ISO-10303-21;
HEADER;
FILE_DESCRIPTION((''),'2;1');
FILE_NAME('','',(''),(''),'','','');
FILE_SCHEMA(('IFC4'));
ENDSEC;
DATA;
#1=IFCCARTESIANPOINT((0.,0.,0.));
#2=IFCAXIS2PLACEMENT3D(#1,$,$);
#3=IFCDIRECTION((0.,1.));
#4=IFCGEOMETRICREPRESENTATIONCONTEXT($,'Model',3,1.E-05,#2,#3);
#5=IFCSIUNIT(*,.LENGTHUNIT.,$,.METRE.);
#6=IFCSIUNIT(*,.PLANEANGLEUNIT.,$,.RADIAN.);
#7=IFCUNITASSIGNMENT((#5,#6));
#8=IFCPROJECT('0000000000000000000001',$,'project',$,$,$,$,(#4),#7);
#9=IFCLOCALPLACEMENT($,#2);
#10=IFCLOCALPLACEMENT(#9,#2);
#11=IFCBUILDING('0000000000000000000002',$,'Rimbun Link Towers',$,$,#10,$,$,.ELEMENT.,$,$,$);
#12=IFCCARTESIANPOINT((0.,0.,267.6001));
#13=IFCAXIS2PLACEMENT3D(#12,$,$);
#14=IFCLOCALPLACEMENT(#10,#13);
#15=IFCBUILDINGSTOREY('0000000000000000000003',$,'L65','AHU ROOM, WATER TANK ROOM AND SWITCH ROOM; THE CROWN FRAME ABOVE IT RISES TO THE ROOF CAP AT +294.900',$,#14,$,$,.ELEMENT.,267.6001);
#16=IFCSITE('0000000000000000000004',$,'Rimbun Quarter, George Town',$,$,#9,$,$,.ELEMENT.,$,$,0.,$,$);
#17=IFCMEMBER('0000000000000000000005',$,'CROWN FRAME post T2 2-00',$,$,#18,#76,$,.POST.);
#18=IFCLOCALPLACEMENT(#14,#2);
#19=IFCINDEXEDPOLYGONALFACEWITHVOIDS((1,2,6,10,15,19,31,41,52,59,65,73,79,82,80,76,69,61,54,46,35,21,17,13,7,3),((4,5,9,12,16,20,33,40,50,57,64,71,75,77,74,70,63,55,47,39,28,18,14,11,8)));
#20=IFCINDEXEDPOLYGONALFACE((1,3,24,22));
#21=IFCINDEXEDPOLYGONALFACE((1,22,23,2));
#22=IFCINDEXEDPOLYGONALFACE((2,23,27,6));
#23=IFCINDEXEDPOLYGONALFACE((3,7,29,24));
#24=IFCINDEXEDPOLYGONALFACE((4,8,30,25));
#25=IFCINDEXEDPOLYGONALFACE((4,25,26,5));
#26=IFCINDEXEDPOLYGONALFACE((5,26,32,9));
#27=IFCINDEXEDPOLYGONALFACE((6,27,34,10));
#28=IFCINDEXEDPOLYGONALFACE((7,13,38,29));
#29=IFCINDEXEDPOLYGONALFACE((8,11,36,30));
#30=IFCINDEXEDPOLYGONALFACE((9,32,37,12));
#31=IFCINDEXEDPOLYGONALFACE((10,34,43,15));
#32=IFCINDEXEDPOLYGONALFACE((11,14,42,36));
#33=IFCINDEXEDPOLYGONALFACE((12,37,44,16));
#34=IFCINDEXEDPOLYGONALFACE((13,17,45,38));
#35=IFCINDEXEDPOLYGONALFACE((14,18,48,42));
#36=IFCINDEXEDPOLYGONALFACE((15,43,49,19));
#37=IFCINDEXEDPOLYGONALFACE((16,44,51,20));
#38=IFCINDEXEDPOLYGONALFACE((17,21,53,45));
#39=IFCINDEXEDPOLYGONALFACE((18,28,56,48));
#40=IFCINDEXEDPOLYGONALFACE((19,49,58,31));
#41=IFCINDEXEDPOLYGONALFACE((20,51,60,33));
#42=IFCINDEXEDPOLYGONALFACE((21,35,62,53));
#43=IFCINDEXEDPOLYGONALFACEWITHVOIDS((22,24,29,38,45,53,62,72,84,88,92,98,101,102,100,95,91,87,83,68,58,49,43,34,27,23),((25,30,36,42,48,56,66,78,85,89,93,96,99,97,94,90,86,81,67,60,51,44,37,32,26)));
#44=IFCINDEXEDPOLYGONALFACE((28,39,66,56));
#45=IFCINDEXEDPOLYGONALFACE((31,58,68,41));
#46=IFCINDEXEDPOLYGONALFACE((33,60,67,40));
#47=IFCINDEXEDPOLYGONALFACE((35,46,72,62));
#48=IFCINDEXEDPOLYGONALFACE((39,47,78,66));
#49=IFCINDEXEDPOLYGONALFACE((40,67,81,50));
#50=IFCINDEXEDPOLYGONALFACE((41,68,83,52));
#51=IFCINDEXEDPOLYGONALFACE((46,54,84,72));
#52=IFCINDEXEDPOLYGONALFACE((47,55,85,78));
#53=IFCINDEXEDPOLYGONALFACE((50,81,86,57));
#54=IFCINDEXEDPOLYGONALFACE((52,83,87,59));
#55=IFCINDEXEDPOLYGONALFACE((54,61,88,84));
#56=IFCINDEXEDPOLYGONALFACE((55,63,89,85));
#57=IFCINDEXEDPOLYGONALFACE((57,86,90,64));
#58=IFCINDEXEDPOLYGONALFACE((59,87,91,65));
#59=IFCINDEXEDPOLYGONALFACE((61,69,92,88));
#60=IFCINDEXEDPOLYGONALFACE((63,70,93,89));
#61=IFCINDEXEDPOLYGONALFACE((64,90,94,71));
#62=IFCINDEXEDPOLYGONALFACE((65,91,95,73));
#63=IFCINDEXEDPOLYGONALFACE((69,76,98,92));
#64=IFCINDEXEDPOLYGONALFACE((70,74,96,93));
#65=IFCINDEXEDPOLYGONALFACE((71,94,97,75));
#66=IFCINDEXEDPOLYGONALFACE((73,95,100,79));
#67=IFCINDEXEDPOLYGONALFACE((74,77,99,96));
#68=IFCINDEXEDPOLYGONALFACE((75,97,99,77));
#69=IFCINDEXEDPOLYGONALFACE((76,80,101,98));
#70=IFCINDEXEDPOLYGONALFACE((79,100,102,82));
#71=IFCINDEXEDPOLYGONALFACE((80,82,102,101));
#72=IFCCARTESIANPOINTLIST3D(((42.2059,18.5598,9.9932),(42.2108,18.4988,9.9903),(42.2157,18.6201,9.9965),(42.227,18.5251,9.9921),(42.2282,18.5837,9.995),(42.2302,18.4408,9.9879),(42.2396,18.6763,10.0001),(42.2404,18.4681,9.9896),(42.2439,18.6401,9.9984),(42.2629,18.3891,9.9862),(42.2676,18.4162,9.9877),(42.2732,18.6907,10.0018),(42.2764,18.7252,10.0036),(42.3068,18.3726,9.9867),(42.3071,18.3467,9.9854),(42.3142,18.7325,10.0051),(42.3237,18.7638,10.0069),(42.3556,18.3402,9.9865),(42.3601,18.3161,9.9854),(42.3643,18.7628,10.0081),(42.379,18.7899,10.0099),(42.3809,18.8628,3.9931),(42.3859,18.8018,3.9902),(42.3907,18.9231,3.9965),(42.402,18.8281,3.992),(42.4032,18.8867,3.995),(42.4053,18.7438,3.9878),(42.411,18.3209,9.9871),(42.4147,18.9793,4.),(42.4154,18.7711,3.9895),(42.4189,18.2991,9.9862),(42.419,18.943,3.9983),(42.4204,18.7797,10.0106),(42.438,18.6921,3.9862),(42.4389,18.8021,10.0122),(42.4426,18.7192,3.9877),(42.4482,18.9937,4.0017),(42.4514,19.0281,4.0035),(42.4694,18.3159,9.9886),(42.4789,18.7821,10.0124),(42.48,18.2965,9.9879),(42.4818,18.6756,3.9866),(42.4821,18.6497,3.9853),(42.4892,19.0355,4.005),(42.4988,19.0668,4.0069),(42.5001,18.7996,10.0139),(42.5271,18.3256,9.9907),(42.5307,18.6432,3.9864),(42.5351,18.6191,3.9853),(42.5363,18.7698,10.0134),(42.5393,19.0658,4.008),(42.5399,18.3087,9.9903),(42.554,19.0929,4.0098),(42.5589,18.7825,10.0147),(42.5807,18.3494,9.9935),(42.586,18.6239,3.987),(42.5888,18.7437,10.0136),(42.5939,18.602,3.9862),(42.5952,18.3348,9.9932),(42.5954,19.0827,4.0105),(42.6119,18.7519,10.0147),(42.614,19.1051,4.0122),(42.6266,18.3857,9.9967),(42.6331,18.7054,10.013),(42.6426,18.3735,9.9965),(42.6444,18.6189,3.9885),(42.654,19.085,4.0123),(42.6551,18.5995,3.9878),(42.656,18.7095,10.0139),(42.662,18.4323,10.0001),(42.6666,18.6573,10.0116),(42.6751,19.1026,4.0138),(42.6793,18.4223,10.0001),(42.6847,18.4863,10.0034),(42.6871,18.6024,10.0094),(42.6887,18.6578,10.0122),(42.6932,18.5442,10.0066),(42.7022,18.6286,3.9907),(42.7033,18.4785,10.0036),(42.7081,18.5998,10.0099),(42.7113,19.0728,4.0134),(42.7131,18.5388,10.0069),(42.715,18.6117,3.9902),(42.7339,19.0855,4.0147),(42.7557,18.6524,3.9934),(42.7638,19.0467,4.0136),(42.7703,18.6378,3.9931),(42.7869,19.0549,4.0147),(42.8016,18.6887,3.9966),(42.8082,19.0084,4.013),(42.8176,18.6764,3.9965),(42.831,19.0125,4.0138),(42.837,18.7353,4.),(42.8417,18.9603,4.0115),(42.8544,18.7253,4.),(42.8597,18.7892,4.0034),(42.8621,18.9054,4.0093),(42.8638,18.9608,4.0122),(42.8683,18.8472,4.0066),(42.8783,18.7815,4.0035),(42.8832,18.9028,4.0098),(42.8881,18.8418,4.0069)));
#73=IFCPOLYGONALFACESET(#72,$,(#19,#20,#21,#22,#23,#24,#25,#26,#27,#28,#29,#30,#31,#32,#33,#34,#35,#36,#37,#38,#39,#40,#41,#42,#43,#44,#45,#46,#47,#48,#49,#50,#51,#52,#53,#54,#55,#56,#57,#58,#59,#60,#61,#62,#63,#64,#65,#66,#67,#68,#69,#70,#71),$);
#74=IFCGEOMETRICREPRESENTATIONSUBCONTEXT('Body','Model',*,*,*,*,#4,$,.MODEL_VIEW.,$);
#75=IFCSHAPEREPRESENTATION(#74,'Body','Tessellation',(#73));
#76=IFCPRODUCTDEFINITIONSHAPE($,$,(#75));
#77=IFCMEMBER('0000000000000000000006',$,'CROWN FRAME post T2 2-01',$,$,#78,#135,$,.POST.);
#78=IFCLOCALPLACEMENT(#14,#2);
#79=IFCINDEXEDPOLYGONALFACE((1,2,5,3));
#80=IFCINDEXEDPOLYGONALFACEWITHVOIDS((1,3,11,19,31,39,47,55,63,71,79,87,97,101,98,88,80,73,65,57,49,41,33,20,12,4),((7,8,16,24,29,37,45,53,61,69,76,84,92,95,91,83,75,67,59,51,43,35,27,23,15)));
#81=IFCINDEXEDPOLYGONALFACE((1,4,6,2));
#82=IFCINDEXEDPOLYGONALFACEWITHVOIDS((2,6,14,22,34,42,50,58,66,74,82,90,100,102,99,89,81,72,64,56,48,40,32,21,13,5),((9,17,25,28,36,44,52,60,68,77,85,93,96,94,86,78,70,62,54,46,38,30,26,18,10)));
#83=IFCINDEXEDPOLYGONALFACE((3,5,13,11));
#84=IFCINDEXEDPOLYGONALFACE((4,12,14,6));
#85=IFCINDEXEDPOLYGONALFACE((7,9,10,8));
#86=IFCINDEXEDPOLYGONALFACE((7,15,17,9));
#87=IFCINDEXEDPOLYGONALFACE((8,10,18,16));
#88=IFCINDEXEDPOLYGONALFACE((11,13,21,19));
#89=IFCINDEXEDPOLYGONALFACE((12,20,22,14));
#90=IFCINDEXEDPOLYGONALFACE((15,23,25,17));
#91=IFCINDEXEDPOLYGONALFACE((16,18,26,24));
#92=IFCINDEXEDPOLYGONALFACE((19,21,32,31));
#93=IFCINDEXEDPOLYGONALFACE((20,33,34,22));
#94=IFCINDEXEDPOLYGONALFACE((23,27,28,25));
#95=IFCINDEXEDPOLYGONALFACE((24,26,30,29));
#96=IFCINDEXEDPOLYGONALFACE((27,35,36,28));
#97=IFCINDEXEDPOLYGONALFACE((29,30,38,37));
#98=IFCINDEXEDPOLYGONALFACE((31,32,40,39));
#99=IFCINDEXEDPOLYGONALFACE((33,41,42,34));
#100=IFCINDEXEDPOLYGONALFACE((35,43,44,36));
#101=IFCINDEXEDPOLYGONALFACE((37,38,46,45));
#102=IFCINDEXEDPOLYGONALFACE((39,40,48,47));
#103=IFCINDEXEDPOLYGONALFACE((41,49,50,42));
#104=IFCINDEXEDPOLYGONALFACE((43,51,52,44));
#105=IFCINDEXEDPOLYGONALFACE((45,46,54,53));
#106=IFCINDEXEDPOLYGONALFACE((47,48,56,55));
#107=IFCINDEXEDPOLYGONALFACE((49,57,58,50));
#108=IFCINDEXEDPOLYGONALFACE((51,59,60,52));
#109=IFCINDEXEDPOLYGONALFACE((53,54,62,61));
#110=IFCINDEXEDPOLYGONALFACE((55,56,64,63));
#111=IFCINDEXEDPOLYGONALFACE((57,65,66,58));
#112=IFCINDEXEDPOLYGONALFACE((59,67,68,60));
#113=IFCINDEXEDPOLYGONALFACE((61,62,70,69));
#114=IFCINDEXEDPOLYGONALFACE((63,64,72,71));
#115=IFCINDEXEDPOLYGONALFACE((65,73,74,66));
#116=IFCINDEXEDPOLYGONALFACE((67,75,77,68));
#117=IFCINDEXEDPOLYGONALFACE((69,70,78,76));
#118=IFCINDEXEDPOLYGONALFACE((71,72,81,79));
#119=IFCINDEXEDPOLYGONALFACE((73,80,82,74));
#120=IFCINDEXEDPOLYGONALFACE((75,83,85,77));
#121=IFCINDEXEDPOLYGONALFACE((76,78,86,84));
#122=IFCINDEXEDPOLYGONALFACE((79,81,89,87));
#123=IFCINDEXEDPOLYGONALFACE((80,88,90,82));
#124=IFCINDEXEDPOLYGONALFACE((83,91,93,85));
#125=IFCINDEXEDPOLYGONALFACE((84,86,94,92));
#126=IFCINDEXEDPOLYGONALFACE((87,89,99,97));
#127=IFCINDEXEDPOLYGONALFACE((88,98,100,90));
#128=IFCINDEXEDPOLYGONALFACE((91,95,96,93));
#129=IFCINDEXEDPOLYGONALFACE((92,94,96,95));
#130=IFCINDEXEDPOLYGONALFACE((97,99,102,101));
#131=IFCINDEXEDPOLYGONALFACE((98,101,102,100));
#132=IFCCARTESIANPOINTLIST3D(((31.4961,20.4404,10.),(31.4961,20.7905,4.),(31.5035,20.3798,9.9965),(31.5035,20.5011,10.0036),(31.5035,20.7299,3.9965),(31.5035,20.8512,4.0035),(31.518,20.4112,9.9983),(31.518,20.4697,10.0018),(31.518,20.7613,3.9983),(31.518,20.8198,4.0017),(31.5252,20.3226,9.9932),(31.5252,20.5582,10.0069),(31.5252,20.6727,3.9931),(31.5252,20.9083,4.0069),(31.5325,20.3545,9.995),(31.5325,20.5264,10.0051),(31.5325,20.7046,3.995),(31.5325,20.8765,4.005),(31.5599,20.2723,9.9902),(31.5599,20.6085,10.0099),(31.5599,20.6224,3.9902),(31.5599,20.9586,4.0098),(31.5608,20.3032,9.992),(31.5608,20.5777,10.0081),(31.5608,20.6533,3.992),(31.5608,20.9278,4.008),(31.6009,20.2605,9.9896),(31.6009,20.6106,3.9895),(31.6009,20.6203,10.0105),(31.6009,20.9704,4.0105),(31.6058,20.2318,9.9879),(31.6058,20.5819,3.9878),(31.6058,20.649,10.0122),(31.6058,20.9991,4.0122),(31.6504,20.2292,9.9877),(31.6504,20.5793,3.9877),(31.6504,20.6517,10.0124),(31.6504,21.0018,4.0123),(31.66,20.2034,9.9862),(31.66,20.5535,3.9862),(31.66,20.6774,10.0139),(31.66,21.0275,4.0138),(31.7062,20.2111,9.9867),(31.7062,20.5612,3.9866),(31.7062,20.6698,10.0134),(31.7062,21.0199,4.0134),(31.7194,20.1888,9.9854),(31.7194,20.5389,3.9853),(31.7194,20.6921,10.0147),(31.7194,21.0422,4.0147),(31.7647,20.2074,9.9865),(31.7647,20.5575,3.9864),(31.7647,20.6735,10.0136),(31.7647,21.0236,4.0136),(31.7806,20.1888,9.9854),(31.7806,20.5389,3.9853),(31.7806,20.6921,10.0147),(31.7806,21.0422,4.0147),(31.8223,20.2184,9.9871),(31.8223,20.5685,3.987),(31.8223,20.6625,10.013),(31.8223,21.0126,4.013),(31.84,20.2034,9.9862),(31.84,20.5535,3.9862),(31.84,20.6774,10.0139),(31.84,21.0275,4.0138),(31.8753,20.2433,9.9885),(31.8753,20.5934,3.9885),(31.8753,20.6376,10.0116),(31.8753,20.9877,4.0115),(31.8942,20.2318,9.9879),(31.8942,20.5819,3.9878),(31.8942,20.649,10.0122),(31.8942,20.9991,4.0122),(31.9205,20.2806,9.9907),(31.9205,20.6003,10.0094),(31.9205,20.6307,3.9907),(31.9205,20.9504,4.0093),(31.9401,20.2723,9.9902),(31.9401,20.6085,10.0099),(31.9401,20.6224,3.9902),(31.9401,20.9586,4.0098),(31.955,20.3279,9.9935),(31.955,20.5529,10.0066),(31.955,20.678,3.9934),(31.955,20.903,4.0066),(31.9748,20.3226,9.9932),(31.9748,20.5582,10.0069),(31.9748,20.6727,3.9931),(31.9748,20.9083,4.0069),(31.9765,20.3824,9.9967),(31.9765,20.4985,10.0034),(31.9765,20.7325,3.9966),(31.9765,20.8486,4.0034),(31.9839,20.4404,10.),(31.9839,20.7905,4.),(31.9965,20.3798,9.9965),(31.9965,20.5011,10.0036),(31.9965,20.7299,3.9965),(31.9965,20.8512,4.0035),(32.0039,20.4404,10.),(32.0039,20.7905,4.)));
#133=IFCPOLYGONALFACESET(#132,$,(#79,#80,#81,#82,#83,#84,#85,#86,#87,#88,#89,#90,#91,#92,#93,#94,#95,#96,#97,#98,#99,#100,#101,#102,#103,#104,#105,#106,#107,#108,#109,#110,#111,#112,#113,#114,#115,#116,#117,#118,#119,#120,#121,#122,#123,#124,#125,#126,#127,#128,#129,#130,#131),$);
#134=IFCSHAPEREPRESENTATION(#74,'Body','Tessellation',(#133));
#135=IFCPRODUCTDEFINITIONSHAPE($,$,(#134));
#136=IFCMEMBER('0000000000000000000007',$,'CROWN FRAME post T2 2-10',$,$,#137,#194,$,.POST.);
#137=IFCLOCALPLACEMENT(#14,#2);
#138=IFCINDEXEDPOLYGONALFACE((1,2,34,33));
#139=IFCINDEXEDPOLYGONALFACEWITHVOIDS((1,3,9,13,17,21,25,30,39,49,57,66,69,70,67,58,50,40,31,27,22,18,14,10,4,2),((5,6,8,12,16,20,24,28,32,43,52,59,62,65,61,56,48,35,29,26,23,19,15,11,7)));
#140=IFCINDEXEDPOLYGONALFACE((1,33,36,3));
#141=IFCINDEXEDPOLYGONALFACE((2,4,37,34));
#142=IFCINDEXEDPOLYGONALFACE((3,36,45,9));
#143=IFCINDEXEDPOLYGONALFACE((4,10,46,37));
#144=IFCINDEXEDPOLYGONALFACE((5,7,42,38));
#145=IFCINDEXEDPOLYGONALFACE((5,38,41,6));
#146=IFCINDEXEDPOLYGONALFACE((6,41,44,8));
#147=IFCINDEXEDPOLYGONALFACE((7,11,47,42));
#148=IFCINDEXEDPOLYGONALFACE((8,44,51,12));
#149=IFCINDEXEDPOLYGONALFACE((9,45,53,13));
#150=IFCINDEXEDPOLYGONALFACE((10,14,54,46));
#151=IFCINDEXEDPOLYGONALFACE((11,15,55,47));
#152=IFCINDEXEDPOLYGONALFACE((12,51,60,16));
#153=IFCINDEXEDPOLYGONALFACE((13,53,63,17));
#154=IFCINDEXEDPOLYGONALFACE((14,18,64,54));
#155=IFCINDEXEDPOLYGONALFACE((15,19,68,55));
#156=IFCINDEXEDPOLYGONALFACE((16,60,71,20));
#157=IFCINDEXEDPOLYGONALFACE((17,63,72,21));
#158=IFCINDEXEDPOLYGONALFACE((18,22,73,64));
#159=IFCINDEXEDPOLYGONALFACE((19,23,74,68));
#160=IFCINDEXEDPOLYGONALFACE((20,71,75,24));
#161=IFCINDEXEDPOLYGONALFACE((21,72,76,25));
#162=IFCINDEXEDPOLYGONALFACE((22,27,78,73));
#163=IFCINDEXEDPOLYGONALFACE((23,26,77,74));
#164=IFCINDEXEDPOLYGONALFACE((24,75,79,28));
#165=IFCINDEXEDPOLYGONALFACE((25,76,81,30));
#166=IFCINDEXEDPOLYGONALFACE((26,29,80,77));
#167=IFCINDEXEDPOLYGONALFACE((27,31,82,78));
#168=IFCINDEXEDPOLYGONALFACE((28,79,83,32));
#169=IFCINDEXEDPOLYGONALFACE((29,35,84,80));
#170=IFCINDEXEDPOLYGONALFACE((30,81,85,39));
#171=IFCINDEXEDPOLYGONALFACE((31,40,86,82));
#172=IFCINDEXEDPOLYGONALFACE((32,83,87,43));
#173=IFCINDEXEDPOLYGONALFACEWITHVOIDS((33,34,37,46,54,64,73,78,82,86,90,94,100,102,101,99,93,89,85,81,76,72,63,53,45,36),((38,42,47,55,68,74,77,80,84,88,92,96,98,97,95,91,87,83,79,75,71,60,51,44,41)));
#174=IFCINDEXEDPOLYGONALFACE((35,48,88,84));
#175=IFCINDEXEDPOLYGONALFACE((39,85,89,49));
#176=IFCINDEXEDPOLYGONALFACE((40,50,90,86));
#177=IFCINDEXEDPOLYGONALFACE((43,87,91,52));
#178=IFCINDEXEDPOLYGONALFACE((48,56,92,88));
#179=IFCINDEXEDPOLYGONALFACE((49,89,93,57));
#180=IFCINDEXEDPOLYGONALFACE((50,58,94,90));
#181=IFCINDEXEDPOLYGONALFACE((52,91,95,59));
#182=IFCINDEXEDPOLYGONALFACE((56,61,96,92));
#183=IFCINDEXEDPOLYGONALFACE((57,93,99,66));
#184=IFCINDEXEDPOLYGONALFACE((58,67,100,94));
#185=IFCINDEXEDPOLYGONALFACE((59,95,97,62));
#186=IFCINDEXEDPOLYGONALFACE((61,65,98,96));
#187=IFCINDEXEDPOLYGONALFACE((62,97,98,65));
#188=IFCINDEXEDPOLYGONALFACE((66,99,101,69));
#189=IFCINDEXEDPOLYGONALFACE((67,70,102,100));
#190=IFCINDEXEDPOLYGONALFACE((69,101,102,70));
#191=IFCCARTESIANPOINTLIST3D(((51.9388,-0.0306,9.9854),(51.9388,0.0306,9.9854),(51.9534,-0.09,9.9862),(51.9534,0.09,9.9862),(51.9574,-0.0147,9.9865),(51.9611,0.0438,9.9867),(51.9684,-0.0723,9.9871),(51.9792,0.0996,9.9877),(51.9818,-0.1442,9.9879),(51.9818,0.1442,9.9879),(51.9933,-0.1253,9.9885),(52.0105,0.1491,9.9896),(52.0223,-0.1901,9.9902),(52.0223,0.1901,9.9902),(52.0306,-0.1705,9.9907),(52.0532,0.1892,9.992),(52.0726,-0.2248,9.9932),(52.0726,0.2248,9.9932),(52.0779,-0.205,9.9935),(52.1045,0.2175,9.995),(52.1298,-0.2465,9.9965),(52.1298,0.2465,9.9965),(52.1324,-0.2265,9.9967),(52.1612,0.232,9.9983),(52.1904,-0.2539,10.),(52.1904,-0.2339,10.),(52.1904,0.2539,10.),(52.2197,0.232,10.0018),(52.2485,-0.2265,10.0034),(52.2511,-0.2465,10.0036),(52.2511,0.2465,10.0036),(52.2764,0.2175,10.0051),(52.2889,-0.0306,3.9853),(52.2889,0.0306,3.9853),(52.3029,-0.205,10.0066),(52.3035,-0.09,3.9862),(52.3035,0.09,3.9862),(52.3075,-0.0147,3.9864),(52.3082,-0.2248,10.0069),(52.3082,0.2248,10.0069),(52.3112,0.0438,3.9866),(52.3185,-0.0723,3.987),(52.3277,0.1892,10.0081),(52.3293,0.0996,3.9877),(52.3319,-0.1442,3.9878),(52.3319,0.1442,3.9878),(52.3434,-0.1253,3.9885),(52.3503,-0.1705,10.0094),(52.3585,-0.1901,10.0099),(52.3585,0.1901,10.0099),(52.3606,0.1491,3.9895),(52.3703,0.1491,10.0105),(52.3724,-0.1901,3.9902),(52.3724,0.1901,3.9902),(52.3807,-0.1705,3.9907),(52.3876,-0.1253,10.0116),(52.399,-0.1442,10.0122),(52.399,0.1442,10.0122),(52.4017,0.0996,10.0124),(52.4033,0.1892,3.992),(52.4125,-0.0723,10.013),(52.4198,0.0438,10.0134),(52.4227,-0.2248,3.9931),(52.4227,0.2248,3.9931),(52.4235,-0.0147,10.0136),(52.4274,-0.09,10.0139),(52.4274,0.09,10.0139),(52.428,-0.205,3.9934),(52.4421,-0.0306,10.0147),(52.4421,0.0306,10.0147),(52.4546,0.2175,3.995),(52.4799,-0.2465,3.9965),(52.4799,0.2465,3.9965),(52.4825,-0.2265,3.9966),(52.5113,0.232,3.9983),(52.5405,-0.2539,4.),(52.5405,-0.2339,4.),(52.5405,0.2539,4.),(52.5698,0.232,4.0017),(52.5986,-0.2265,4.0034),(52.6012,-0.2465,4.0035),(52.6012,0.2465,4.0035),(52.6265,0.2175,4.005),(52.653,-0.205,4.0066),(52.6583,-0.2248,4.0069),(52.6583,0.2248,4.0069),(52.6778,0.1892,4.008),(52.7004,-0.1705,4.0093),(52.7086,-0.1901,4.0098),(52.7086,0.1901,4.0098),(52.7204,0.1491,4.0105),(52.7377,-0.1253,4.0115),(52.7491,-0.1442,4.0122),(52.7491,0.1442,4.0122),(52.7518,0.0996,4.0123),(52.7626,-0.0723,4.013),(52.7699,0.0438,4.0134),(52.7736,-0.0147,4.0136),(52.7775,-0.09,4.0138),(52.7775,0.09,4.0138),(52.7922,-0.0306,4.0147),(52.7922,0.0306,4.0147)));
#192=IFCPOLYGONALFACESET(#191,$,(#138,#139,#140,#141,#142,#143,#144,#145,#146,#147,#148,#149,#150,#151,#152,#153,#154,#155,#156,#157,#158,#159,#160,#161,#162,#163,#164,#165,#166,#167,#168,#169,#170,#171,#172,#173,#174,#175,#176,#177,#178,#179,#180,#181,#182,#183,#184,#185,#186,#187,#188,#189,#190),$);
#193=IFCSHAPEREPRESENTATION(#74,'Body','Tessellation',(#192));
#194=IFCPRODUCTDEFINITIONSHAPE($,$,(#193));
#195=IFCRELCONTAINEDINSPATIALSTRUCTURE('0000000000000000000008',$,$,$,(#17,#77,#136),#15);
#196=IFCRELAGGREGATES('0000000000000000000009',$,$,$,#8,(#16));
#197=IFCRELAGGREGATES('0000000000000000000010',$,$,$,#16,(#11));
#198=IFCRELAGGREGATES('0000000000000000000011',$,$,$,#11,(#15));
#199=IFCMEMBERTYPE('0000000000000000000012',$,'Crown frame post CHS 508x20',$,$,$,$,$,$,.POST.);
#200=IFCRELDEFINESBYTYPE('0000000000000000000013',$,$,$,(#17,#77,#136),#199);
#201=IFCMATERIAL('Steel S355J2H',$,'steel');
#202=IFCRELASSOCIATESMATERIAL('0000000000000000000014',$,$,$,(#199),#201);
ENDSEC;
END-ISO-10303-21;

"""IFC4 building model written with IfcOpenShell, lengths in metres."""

from ifc_helpers import new_model, si_unit, direction, frame, origin, origin_2d, place, context, subcontext, project, spatial, hollow_circle, extrude, material, material_profile, profile_set, type_object, element, save


model = new_model("IFC4")

# Units and contexts
model_context = context("Model", 3, precision=1e-05, world=origin(), true_north=direction((0.0, 1.0)))
body_context = subcontext(model_context, "Body", "Model", "MODEL_VIEW")
ifc_project = project(units=[si_unit("LENGTHUNIT", "METRE"), si_unit("PLANEANGLEUNIT", "RADIAN")], contexts=[model_context])

# Site, building, storey
site_placement = place(None, origin())
site = spatial("IfcSite", under=ifc_project, at=site_placement, Name="Rimbun Quarter, George Town", CompositionType="ELEMENT", RefElevation=0.0)
building_placement = place(site_placement, origin())
building = spatial("IfcBuilding", under=site, at=building_placement, Name="Rimbun Link Towers", CompositionType="ELEMENT")
storey_placement = place(building_placement, frame((0.0, 0.0, 267.6001)))
storey = spatial("IfcBuildingStorey", under=building, at=storey_placement, Name="L65", Description="AHU ROOM, WATER TANK ROOM AND SWITCH ROOM; THE CROWN FRAME ABOVE IT RISES TO THE ROOF CAP AT +294.900", CompositionType="ELEMENT", Elevation=267.6001)

# Members
ifc_material_1 = material(Name="Steel S355J2H", Category="steel")
ifc_material_profile_1 = material_profile(ifc_material_1, hollow_circle(Radius=0.2539, WallThickness=0.02, at=origin_2d()), Name="Crown frame post CHS 508x20")
ifc_profile_set_1 = profile_set([ifc_material_profile_1], Name="Steel S355J2H")
member_type_1 = type_object("IfcMemberType", Name="Crown frame post CHS 508x20", PredefinedType="POST", material=ifc_profile_set_1)
for number, where, z_axis, x_axis, name in (
    (1, (42.6345, 18.8523, 4.0), (-0.029125, -0.050411, 0.998304), (0.865872, -0.500266, 0.0), "CROWN FRAME post T2 2-00"),
    (2, (31.75, 20.7905, 4.0), (0.0, -0.058251, 0.998302), (1.0, 0.0, 0.0), "CROWN FRAME post T2 2-01"),
    (3, (52.5405, 0.0, 4.0), (-0.058251, 0.0, 0.998302), (0.0, -1.0, 0.0), "CROWN FRAME post T2 2-10"),
):
    element("IfcMember", number, at=place(storey_placement, frame(where, z_axis=z_axis, x_axis=x_axis)), inside=storey, type_object=member_type_1, Name=name, PredefinedType="POST", context=body_context, shape_type="SweptSolid", body=[
        extrude(hollow_circle(Radius=0.2539, WallThickness=0.02, at=origin_2d()), origin(), (0.0, 0.0, 1.0), 6.0103),
    ])

save(model, "model.ifc")
